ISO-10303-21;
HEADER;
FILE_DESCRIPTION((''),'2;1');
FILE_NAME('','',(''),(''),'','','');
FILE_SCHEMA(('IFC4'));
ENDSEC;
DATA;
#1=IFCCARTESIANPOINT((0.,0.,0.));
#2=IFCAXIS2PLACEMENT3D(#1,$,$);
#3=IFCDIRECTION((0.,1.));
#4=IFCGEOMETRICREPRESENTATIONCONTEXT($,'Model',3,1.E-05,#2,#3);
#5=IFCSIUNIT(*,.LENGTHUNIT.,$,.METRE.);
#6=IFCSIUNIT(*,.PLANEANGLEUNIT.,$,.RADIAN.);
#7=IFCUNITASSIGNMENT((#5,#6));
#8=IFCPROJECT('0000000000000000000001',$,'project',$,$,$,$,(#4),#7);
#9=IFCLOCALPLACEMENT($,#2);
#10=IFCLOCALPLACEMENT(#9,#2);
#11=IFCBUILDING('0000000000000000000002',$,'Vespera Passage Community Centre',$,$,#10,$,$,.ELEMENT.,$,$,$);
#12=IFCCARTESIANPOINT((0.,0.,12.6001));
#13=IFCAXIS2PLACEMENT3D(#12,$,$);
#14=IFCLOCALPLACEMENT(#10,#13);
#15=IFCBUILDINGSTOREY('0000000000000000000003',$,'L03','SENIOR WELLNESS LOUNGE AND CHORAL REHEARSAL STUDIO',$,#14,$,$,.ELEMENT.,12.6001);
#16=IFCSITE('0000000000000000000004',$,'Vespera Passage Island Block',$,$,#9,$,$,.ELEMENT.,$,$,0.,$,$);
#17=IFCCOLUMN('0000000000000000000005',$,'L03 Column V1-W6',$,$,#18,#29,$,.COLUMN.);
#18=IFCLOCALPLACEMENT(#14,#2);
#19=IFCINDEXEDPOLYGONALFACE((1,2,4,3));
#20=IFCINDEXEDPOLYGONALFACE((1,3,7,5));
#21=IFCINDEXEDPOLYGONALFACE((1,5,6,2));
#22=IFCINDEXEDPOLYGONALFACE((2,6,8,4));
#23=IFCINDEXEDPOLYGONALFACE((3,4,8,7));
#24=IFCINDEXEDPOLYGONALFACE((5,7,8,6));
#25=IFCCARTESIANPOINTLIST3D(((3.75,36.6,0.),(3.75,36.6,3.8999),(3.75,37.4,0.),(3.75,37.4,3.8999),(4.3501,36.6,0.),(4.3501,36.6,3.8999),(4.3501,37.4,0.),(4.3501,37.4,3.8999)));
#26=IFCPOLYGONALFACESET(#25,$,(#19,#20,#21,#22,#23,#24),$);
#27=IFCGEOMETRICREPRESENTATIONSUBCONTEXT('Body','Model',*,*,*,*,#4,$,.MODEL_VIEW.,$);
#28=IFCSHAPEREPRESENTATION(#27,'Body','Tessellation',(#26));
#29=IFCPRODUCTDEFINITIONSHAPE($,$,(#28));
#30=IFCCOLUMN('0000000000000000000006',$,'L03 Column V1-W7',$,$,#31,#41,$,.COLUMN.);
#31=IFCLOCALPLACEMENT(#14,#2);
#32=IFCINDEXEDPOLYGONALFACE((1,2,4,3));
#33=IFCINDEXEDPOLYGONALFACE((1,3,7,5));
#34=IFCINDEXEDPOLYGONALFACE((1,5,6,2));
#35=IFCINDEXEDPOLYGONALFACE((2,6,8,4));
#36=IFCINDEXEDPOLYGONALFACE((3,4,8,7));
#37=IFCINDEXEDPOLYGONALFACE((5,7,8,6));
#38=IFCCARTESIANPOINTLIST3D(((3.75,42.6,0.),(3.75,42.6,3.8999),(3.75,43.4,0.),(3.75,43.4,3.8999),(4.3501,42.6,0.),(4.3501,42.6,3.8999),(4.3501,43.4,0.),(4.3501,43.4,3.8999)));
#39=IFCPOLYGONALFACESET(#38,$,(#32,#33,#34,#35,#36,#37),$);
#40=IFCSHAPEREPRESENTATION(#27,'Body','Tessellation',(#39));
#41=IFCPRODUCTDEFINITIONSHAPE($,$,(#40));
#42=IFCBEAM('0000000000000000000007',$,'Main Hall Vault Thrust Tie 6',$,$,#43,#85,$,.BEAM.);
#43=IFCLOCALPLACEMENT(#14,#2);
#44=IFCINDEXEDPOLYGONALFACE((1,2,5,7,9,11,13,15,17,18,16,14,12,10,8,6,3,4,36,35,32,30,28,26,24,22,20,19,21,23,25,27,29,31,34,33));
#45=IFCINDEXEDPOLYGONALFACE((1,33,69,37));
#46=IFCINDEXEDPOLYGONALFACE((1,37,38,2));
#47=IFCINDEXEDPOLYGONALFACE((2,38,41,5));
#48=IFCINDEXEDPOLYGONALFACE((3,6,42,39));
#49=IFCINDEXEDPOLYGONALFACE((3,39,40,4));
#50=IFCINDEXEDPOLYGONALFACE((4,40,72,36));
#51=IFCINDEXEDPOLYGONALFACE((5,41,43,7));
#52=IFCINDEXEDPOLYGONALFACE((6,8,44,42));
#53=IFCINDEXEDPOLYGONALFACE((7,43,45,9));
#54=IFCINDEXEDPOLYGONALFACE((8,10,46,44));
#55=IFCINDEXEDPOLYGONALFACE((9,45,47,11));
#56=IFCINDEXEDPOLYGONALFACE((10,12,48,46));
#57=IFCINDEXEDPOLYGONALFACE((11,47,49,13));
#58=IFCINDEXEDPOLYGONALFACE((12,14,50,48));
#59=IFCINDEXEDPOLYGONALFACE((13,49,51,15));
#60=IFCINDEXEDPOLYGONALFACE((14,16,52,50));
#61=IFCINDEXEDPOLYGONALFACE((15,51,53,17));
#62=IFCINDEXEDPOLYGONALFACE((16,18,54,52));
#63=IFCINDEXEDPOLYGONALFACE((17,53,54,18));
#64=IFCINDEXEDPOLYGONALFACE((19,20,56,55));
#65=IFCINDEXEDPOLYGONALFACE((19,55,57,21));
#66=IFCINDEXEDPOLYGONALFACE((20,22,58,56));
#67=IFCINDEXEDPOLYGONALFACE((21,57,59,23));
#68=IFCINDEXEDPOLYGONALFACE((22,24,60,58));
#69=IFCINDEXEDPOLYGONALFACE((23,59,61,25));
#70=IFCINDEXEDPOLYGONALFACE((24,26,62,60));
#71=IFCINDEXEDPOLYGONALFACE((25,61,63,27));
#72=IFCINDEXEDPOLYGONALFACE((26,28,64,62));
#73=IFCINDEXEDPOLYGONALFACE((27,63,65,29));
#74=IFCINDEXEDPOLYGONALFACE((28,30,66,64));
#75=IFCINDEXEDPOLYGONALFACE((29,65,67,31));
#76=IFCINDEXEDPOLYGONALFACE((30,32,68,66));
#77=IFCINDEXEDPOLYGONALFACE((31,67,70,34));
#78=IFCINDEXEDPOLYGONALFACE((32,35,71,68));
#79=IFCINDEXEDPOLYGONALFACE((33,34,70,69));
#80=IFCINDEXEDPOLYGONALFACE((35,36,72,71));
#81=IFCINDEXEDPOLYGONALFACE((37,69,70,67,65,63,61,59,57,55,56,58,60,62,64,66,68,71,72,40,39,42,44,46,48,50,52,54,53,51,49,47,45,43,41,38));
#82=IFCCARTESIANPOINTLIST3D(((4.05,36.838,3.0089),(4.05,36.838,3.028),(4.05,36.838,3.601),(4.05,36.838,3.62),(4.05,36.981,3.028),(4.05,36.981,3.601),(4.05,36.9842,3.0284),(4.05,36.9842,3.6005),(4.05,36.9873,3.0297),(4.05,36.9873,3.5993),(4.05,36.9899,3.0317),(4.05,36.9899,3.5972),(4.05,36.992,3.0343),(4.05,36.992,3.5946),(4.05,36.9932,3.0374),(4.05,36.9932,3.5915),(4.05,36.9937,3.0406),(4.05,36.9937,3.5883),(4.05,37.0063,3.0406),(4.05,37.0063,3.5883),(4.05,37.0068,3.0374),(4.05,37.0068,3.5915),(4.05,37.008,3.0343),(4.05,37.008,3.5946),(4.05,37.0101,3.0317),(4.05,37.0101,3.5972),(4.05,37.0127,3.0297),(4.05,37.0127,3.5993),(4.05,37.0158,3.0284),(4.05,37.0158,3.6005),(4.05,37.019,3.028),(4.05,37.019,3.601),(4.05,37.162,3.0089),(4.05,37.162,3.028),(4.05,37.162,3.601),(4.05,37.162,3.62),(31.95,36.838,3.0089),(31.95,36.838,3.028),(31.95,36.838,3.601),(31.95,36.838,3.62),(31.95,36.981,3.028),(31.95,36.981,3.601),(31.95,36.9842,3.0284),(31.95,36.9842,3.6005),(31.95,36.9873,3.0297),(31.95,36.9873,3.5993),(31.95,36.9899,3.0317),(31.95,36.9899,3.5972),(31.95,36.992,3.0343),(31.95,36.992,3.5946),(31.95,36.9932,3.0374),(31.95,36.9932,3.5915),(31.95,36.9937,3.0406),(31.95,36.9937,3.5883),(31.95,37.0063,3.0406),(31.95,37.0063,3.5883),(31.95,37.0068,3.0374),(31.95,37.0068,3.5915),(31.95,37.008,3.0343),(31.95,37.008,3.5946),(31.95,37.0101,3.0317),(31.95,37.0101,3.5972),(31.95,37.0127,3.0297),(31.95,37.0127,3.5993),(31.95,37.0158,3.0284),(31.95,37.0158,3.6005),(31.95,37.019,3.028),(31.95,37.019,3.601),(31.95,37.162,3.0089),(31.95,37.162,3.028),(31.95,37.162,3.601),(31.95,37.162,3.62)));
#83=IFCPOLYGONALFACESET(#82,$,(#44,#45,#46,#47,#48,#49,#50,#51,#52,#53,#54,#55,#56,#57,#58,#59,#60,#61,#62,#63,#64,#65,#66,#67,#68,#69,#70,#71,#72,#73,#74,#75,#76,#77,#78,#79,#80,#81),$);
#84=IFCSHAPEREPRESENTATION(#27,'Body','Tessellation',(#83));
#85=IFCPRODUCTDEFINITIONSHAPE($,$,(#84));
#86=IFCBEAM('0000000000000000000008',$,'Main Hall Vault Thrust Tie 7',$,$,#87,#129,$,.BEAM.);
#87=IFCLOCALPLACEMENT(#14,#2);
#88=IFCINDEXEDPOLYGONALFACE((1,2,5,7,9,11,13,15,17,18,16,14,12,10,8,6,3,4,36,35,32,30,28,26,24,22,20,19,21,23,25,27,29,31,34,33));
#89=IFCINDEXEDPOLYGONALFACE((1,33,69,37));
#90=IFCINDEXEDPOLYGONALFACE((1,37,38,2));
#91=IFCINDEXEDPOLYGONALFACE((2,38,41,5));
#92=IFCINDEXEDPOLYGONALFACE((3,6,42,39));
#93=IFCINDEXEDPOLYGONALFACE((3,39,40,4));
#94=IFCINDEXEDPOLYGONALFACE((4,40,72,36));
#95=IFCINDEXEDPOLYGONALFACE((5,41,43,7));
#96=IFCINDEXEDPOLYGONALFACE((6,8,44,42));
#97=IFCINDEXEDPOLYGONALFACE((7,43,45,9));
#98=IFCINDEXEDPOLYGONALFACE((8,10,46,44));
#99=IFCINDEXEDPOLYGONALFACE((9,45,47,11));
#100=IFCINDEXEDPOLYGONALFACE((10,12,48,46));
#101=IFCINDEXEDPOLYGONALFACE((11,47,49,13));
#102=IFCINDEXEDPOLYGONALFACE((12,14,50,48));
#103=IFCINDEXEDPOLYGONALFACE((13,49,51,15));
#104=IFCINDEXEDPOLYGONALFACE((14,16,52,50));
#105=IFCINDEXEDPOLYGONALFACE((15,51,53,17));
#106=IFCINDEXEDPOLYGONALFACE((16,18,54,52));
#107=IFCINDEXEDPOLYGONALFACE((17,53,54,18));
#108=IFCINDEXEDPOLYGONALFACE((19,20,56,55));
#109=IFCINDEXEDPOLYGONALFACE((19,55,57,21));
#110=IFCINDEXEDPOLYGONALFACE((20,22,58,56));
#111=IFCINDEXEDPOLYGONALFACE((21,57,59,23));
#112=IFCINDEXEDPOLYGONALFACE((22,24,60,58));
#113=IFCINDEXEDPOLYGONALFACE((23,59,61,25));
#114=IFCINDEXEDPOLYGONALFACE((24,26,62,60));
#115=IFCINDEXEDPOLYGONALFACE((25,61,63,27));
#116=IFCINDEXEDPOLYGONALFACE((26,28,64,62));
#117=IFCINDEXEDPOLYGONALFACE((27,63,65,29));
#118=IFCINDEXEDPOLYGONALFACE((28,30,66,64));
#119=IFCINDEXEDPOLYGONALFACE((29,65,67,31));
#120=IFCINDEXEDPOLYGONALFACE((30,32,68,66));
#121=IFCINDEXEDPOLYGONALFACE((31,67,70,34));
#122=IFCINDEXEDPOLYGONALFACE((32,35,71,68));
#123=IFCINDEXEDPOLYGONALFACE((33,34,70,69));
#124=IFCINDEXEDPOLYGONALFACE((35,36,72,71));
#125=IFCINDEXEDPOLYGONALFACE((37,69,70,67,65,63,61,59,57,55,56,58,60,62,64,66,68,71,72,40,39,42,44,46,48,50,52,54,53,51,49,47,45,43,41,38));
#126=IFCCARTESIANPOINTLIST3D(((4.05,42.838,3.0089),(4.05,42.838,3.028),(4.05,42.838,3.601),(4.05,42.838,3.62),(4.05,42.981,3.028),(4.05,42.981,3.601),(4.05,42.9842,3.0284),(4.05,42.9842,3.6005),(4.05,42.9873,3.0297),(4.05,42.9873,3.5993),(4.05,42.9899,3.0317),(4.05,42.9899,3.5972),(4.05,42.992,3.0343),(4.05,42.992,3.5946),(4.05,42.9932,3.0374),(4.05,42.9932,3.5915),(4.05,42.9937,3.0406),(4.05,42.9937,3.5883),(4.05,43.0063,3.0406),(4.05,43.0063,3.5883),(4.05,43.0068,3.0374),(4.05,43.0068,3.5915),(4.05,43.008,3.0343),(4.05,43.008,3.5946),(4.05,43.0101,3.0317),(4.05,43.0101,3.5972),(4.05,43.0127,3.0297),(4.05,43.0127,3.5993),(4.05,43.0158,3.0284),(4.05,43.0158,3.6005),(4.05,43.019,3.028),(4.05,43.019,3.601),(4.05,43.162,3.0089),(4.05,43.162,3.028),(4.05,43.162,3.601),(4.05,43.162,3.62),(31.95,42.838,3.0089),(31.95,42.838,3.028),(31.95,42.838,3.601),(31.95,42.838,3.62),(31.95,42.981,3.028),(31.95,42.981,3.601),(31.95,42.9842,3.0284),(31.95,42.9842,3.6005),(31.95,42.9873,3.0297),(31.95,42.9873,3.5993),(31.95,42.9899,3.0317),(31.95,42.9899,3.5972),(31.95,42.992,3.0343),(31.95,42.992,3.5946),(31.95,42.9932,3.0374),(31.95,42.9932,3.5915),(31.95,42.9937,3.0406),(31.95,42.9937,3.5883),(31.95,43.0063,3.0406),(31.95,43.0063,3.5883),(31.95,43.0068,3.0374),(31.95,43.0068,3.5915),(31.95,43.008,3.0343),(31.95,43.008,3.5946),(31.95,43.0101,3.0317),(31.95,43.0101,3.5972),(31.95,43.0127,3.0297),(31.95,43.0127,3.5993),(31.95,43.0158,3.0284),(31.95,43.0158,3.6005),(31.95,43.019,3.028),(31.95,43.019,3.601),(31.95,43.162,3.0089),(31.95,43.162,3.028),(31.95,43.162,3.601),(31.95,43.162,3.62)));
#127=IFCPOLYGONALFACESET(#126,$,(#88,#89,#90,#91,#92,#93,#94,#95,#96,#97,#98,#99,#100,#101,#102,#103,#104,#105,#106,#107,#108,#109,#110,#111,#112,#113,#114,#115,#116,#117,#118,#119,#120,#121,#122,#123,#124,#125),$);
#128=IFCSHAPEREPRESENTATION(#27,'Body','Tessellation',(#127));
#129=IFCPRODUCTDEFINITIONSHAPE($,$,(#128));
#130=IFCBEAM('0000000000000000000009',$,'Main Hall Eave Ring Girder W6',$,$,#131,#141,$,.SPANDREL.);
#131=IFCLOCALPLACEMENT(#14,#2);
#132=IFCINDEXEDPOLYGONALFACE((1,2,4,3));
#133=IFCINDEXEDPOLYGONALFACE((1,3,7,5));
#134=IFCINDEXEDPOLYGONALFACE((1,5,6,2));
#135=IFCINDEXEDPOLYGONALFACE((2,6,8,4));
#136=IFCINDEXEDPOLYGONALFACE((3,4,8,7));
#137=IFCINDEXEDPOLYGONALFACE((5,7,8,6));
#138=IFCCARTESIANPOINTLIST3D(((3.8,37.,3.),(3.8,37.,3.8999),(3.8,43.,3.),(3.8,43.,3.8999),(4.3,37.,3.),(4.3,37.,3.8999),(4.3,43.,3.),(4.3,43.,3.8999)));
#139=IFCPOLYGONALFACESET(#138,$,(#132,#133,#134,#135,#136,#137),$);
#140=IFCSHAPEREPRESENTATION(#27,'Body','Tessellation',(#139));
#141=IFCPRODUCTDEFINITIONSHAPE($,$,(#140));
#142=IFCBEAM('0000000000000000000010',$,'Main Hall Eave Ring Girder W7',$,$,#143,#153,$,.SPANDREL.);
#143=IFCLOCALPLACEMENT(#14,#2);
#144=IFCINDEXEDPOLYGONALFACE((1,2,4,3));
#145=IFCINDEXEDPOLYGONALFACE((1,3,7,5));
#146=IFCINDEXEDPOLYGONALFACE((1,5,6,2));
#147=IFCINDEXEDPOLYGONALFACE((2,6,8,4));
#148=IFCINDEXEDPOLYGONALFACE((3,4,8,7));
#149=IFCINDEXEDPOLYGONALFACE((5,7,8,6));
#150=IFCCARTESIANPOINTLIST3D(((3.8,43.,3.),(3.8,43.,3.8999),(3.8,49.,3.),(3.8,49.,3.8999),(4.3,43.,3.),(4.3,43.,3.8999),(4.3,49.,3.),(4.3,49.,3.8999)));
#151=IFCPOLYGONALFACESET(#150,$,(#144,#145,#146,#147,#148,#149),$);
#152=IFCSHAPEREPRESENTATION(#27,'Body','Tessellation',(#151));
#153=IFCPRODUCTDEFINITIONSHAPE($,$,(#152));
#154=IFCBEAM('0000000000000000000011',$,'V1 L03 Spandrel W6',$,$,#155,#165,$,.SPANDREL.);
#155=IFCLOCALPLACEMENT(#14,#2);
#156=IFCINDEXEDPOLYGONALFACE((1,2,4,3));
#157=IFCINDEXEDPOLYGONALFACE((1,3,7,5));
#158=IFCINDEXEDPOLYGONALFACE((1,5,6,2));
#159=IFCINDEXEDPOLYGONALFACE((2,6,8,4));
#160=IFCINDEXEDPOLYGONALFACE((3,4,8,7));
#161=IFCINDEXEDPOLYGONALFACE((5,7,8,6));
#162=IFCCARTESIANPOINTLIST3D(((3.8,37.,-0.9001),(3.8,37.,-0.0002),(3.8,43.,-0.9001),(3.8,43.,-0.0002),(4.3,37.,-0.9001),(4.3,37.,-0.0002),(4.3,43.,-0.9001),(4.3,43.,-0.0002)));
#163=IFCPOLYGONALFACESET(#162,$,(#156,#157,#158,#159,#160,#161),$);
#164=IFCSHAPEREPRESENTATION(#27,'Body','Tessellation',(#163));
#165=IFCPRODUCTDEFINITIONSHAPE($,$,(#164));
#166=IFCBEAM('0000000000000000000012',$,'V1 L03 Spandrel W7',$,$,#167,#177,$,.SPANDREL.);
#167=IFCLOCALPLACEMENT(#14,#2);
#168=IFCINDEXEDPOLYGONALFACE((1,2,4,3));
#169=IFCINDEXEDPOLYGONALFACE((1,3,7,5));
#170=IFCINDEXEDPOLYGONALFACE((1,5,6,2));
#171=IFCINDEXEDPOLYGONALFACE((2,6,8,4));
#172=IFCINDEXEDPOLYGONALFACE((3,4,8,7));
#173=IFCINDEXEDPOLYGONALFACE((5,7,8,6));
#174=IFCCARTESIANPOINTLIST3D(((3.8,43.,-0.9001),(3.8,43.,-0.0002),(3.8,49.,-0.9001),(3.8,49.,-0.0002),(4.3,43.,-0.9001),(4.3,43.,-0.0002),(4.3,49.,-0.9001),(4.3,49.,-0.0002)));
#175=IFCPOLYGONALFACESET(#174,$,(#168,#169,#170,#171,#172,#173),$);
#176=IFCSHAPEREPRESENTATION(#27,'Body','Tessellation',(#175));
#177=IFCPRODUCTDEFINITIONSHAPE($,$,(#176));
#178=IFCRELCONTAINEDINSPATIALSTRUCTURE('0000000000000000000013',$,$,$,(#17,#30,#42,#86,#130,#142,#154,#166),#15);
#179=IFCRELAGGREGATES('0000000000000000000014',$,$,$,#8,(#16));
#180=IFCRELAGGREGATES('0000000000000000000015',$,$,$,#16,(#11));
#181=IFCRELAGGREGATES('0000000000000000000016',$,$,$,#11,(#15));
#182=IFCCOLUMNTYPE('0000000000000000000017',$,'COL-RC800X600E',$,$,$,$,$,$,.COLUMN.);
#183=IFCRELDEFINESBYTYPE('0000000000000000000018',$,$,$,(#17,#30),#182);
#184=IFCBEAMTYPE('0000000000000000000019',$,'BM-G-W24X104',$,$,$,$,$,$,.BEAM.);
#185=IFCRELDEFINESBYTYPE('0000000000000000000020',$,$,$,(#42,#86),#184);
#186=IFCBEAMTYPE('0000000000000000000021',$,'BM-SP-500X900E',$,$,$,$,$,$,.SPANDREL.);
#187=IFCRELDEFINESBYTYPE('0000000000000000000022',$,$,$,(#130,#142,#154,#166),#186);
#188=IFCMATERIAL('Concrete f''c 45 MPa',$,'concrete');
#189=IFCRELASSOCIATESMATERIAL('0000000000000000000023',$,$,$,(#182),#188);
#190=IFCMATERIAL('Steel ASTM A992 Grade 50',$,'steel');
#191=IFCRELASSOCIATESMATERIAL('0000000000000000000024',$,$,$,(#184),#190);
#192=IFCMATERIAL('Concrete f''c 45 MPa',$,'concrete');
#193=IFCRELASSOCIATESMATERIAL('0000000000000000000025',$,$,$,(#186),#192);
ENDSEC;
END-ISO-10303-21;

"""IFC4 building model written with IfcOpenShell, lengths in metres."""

from ifc_helpers import new_model, si_unit, direction, frame, origin, origin_2d, place, context, subcontext, project, spatial, rectangle, i_section, extrude, material, material_profile, profile_set, type_object, element, save


model = new_model("IFC4")

# Units and contexts
model_context = context("Model", 3, precision=1e-05, world=origin(), true_north=direction((0.0, 1.0)))
body_context = subcontext(model_context, "Body", "Model", "MODEL_VIEW")
ifc_project = project(units=[si_unit("LENGTHUNIT", "METRE"), si_unit("PLANEANGLEUNIT", "RADIAN")], contexts=[model_context])

# Site, building, storey
site_placement = place(None, origin())
site = spatial("IfcSite", under=ifc_project, at=site_placement, Name="Vespera Passage Island Block", CompositionType="ELEMENT", RefElevation=0.0)
building_placement = place(site_placement, origin())
building = spatial("IfcBuilding", under=site, at=building_placement, Name="Vespera Passage Community Centre", CompositionType="ELEMENT")
storey_placement = place(building_placement, frame((0.0, 0.0, 12.6001)))
storey = spatial("IfcBuildingStorey", under=building, at=storey_placement, Name="L03", Description="SENIOR WELLNESS LOUNGE AND CHORAL REHEARSAL STUDIO", CompositionType="ELEMENT", Elevation=12.6001)

# Columns
ifc_material_1 = material(Name="Concrete f'c 45 MPa", Category="concrete")
ifc_material_profile_1 = material_profile(ifc_material_1, rectangle(XDim=0.6001, YDim=0.8, at=origin_2d()), Name="RC800X600")
ifc_profile_set_1 = profile_set([ifc_material_profile_1], Name="Concrete f'c 45 MPa")
column_type = type_object("IfcColumnType", Name="COL-RC800X600E", PredefinedType="COLUMN", material=ifc_profile_set_1)
for number, where, z_axis, x_axis, name in (
    (1, (4.05, 37.0, 0.0), (0.0, 0.0, 1.0), (1.0, 0.0, 0.0), "L03 Column V1-W6"),
    (2, (4.05, 43.0, 0.0), (0.0, 0.0, 1.0), (1.0, 0.0, 0.0), "L03 Column V1-W7"),
):
    element("IfcColumn", number, at=place(storey_placement, frame(where, z_axis=z_axis, x_axis=x_axis)), inside=storey, type_object=column_type, Name=name, PredefinedType="COLUMN", context=body_context, shape_type="SweptSolid", body=[
        extrude(rectangle(XDim=0.6001, YDim=0.8, at=origin_2d()), origin(), (0.0, 0.0, 1.0), 3.8999),
    ])

# Beams
ifc_material_2 = material(Name="Steel ASTM A992 Grade 50", Category="steel")
ifc_material_profile_2 = material_profile(ifc_material_2, i_section(OverallWidth=0.324, OverallDepth=0.6111, WebThickness=0.0127, FlangeThickness=0.019, FilletRadius=0.0127, at=origin_2d()), Name="W24X104")
ifc_profile_set_2 = profile_set([ifc_material_profile_2], Name="Steel ASTM A992 Grade 50")
beam_type_1 = type_object("IfcBeamType", Name="BM-G-W24X104", PredefinedType="BEAM", material=ifc_profile_set_2)
for number, where, z_axis, x_axis, name in (
    (3, (4.05, 37.0, 3.3145), (1.0, 0.0, 0.0), (0.0, 1.0, 0.0), "Main Hall Vault Thrust Tie 6"),
    (4, (4.05, 43.0, 3.3145), (1.0, 0.0, 0.0), (0.0, 1.0, 0.0), "Main Hall Vault Thrust Tie 7"),
):
    element("IfcBeam", number, at=place(storey_placement, frame(where, z_axis=z_axis, x_axis=x_axis)), inside=storey, type_object=beam_type_1, Name=name, PredefinedType="BEAM", context=body_context, shape_type="SweptSolid", body=[
        extrude(i_section(OverallWidth=0.324, OverallDepth=0.6111, WebThickness=0.0127, FlangeThickness=0.019, FilletRadius=0.0127, at=origin_2d()), origin(), (0.0, 0.0, 1.0), 27.8999),
    ])
ifc_material_3 = material(Name="Concrete f'c 45 MPa", Category="concrete")
ifc_material_profile_3 = material_profile(ifc_material_3, rectangle(XDim=0.5, YDim=0.8999, at=origin_2d()), Name="RC500X900")
ifc_profile_set_3 = profile_set([ifc_material_profile_3], Name="Concrete f'c 45 MPa")
beam_type_2 = type_object("IfcBeamType", Name="BM-SP-500X900E", PredefinedType="SPANDREL", material=ifc_profile_set_3)
for number, where, z_axis, x_axis, name in (
    (5, (4.05, 37.0, 3.45), (0.0, 1.0, 0.0), (-1.0, 0.0, 0.0), "Main Hall Eave Ring Girder W6"),
    (6, (4.05, 43.0, 3.45), (0.0, 1.0, 0.0), (-1.0, 0.0, 0.0), "Main Hall Eave Ring Girder W7"),
    (7, (4.05, 37.0, -0.4502), (0.0, 1.0, 0.0), (-1.0, 0.0, 0.0), "V1 L03 Spandrel W6"),
    (8, (4.05, 43.0, -0.4502), (0.0, 1.0, 0.0), (-1.0, 0.0, 0.0), "V1 L03 Spandrel W7"),
):
    element("IfcBeam", number, at=place(storey_placement, frame(where, z_axis=z_axis, x_axis=x_axis)), inside=storey, type_object=beam_type_2, Name=name, PredefinedType="SPANDREL", context=body_context, shape_type="SweptSolid", body=[
        extrude(rectangle(XDim=0.5, YDim=0.8999, at=origin_2d()), origin(), (0.0, 0.0, 1.0), 6.0),
    ])

save(model, "model.ifc")
